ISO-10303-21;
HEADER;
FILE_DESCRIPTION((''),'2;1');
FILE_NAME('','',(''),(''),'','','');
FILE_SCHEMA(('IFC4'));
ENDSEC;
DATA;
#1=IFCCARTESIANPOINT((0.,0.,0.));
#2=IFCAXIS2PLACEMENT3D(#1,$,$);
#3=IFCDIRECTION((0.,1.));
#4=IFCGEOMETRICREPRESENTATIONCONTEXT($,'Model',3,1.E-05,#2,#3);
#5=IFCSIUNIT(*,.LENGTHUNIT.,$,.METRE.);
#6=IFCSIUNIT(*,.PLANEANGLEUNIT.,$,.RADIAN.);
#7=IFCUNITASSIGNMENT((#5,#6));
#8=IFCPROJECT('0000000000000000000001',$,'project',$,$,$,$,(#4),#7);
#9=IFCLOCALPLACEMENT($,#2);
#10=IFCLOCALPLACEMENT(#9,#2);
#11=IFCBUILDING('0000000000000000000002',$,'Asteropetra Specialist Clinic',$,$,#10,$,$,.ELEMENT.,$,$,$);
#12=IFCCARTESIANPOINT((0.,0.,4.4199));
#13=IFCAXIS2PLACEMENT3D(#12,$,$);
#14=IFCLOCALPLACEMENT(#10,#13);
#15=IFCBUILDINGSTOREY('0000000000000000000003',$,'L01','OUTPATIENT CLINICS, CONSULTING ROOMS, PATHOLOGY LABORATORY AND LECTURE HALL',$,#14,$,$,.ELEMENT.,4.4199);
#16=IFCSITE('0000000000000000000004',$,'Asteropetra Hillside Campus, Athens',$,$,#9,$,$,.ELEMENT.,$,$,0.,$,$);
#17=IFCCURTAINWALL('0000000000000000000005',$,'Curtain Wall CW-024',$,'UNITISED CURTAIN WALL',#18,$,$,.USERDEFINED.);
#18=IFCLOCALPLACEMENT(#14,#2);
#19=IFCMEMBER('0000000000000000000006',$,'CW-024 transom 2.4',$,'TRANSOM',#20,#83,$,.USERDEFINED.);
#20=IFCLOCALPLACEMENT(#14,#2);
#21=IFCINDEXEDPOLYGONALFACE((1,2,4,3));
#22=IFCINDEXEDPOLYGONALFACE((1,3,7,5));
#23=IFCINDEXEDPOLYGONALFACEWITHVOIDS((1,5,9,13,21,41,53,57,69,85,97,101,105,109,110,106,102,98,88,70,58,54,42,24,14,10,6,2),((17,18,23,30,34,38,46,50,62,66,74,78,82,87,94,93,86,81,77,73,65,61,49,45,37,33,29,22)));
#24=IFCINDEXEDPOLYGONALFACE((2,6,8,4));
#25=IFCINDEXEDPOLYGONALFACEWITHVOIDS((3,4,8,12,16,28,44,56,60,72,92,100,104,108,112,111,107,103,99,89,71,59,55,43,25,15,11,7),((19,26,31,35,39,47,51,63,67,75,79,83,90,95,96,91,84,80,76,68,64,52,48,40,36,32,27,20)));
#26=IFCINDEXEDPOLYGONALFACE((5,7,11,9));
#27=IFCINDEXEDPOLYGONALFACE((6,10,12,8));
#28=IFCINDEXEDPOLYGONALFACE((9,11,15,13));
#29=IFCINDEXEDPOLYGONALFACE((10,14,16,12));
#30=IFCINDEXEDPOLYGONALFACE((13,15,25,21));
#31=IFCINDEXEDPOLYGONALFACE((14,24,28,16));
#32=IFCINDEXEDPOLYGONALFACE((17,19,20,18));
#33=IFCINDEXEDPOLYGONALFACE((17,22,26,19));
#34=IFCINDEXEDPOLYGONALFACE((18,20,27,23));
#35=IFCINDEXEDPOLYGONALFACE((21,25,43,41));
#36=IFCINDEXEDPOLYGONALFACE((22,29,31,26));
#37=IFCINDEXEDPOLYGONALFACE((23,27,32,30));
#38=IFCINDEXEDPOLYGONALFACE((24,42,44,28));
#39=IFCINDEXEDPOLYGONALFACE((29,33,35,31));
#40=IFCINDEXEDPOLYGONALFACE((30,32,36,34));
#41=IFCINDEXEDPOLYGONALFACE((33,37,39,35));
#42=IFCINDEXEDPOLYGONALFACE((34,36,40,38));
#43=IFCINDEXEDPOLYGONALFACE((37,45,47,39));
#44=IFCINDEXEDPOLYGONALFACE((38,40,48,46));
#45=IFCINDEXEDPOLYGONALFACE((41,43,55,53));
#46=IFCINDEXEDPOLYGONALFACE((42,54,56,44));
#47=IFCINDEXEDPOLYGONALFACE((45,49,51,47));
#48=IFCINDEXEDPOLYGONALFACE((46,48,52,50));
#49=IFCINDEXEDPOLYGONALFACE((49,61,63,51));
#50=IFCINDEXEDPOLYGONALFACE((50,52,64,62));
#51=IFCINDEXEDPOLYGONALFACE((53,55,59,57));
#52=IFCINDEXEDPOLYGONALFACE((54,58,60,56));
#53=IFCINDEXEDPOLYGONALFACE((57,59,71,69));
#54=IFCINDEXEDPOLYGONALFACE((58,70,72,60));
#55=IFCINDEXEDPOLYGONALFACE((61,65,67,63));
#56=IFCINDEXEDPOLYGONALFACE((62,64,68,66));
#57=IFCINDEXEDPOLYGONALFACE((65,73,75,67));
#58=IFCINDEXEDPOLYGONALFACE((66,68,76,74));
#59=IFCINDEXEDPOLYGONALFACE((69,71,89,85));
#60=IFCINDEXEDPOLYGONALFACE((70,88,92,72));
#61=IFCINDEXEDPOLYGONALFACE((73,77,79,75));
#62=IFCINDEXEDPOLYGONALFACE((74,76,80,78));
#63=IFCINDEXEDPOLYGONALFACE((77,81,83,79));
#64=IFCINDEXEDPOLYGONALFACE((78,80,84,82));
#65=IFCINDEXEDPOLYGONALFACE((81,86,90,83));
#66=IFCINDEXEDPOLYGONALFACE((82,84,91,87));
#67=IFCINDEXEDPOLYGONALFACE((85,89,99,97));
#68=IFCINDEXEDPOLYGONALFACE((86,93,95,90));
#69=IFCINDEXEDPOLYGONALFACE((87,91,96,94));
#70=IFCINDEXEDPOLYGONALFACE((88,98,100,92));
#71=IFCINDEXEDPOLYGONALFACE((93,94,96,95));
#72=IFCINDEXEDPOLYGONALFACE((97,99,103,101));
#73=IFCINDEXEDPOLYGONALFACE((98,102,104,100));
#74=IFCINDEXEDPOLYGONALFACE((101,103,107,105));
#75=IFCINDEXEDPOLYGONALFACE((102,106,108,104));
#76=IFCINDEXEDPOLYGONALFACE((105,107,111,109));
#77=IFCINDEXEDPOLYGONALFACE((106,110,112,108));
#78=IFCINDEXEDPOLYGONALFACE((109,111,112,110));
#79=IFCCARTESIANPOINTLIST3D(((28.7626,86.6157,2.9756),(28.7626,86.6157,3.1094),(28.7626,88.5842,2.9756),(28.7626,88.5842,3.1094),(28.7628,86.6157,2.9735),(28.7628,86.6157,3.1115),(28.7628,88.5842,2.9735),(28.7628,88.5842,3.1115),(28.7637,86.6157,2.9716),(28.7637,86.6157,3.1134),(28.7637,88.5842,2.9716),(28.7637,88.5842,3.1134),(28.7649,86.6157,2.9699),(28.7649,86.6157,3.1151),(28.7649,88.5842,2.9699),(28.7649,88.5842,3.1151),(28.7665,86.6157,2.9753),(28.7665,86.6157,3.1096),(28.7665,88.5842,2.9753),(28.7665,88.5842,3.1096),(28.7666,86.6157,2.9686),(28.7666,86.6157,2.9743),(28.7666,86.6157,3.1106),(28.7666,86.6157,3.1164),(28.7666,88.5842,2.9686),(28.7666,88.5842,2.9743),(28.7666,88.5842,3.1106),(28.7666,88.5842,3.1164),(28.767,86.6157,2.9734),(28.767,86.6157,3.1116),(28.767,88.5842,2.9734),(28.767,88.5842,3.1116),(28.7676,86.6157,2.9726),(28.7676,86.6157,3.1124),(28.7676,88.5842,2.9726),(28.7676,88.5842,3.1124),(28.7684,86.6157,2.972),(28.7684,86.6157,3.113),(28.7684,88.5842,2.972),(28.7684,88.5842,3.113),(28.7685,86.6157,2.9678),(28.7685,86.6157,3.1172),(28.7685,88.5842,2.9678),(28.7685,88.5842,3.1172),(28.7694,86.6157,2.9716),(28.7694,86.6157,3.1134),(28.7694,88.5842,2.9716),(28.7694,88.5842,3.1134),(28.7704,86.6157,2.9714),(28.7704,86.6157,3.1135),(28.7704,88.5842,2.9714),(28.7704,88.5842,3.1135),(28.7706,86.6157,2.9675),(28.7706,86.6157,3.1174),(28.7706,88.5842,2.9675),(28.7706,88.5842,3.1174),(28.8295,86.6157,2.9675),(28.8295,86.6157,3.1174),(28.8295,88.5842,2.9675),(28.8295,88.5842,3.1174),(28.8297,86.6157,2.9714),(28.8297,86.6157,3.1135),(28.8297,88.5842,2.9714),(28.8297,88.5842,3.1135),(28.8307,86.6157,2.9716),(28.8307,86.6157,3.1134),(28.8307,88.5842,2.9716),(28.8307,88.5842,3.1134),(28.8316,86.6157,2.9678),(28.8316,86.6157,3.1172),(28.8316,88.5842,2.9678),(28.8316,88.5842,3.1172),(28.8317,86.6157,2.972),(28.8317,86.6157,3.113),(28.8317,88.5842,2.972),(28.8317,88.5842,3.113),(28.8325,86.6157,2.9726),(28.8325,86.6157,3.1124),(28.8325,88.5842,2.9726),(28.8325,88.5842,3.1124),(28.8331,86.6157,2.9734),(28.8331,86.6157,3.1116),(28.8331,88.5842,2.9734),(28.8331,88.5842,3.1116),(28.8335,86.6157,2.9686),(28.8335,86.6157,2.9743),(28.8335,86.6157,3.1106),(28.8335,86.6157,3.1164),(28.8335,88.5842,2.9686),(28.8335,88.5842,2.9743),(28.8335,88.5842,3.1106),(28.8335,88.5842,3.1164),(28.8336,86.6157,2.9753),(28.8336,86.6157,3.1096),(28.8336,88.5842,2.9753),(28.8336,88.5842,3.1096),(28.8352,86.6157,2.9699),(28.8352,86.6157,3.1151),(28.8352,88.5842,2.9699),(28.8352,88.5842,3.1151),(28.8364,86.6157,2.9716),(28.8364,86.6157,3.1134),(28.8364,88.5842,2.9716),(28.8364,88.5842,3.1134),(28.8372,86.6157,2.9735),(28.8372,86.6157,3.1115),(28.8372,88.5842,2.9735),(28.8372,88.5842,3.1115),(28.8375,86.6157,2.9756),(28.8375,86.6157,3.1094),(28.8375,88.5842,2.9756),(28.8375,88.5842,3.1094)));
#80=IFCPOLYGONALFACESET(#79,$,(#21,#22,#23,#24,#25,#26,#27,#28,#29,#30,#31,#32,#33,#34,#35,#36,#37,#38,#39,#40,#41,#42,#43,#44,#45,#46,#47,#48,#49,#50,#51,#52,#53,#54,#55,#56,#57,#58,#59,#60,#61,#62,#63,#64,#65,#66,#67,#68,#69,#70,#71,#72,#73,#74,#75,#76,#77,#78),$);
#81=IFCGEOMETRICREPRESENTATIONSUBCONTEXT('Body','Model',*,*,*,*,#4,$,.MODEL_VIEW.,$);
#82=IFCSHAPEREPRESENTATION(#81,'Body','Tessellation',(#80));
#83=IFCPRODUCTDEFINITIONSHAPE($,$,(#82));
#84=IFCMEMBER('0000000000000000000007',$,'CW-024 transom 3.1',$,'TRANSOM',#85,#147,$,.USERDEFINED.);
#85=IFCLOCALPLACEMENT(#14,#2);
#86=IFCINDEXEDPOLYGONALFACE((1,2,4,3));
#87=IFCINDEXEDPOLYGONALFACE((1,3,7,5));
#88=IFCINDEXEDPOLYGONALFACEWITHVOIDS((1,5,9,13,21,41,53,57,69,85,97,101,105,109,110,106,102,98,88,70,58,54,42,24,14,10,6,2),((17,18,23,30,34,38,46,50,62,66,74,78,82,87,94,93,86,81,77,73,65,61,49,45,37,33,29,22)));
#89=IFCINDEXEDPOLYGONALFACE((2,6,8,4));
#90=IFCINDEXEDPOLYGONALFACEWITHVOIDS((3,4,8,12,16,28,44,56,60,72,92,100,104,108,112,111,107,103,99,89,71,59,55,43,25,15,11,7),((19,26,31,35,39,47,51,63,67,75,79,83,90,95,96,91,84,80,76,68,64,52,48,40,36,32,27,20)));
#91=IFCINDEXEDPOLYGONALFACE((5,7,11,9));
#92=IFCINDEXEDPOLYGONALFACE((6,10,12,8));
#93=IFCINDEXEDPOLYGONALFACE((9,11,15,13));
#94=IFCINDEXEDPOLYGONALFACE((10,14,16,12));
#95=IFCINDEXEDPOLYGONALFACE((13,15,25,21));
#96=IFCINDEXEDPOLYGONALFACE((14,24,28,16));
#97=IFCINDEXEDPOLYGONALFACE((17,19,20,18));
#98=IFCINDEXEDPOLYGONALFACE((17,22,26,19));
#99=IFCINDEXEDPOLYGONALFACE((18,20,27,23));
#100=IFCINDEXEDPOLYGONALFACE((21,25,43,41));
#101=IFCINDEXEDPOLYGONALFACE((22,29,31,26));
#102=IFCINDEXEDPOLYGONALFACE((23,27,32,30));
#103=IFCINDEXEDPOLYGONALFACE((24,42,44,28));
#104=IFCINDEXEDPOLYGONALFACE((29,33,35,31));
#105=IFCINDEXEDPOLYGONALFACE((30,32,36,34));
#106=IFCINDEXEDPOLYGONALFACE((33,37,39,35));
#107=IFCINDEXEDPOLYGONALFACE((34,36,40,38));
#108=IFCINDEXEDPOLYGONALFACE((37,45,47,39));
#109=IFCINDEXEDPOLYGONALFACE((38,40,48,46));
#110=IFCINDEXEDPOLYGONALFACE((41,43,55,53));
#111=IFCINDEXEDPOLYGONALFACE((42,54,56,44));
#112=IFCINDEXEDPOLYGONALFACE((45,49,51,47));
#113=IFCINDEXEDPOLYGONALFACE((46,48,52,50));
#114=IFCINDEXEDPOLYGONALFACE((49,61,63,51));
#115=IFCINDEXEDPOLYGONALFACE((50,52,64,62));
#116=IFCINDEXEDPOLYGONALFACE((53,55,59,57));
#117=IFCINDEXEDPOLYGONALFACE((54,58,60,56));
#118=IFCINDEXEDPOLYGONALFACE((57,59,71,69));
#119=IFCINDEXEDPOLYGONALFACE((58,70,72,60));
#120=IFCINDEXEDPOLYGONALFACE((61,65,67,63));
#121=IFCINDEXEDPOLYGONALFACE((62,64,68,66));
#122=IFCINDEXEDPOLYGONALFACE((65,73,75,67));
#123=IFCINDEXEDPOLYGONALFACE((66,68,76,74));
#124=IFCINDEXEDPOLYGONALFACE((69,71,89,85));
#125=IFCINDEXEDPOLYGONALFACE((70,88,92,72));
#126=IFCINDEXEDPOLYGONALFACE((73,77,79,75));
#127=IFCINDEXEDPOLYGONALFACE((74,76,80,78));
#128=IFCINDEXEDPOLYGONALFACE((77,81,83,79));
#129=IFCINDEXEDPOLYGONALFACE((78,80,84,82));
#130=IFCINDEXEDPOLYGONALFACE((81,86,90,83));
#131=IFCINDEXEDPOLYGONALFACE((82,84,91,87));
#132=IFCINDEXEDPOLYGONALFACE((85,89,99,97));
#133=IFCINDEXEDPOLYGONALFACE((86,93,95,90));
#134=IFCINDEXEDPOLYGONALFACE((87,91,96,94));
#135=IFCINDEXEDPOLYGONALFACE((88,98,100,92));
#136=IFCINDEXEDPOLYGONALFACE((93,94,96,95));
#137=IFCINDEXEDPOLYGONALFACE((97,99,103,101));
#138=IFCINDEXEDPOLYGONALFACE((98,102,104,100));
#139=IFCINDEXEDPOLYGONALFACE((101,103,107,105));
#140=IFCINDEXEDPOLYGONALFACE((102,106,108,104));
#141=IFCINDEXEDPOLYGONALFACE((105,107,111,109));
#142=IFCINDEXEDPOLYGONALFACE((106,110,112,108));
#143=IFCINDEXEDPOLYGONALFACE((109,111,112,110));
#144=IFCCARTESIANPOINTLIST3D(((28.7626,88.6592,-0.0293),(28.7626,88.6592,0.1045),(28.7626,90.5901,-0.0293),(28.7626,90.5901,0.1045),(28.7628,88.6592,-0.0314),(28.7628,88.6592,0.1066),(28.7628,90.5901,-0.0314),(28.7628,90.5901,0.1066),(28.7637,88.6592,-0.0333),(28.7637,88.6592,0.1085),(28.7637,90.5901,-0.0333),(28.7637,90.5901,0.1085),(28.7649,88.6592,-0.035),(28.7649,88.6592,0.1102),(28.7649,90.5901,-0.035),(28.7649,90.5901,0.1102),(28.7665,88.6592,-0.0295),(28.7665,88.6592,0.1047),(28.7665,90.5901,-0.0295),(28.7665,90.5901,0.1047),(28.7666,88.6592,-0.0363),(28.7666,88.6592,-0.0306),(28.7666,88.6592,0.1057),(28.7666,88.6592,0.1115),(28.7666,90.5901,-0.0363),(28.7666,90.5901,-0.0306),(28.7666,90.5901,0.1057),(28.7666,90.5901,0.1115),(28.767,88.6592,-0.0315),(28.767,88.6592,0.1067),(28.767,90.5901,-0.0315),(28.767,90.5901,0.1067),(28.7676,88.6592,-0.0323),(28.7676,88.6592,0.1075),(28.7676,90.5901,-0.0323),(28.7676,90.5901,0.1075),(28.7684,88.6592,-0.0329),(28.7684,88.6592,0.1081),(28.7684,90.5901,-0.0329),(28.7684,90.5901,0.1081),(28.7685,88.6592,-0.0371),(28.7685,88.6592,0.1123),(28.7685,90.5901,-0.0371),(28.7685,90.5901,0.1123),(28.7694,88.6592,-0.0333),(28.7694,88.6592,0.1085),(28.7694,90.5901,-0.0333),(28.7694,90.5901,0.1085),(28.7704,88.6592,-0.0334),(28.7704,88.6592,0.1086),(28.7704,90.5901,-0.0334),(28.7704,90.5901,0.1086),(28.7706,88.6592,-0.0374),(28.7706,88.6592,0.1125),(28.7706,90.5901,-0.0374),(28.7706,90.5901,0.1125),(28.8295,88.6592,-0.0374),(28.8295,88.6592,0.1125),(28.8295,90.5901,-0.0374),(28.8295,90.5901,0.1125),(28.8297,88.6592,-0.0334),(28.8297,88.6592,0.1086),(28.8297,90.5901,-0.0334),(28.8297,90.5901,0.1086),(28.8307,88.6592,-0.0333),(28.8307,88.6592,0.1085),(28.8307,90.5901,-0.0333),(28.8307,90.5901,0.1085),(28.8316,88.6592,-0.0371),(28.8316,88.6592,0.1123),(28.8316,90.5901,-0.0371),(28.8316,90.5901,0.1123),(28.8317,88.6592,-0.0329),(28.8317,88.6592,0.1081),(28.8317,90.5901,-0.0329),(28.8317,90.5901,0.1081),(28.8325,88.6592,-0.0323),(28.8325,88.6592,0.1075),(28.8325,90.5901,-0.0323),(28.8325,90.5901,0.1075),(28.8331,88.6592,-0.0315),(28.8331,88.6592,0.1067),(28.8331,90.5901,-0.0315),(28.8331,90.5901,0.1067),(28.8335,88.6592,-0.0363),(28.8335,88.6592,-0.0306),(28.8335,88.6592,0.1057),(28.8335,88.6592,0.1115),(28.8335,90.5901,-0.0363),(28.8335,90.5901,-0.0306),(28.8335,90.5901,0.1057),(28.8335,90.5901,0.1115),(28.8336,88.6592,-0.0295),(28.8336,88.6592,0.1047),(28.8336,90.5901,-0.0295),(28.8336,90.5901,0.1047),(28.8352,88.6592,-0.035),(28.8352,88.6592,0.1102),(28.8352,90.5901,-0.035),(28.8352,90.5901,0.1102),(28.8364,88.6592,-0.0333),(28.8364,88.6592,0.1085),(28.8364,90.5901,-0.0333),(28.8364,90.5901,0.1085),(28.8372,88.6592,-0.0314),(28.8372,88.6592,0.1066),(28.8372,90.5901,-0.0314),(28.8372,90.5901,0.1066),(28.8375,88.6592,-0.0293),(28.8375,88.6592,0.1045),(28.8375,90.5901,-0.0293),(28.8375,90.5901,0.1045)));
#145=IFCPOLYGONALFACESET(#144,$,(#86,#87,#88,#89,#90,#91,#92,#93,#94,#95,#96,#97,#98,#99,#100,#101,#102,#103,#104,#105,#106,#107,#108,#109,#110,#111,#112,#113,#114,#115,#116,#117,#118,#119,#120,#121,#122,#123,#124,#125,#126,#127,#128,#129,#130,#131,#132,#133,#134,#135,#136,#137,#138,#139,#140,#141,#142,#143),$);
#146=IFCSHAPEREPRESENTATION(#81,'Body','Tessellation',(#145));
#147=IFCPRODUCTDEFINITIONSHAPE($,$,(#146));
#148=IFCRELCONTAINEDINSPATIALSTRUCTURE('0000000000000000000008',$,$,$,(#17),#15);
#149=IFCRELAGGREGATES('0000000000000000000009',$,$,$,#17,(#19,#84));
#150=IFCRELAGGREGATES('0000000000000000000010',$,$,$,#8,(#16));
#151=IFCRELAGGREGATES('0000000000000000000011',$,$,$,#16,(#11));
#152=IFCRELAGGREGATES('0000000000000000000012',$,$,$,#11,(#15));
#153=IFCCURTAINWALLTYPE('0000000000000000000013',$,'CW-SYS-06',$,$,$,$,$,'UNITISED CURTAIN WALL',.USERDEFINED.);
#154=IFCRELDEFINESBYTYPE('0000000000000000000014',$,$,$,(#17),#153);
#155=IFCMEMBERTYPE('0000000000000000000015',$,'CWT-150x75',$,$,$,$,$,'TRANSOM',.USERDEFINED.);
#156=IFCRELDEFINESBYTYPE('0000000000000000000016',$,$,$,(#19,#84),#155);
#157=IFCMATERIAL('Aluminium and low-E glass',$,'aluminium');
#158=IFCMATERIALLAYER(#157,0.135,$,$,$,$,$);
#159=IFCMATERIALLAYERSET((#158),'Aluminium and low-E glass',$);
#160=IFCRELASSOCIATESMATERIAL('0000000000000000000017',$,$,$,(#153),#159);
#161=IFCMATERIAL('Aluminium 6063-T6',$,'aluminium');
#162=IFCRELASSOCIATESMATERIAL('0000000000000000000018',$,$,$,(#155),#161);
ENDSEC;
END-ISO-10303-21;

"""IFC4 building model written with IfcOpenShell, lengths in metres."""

from ifc_helpers import new_model, si_unit, direction, frame, origin, origin_2d, place, context, subcontext, project, spatial, hollow_rectangle, extrude, material, layer, layer_set, material_profile, profile_set, type_object, element, aggregate, save


model = new_model("IFC4")

# Units and contexts
model_context = context("Model", 3, precision=1e-05, world=origin(), true_north=direction((0.0, 1.0)))
body_context = subcontext(model_context, "Body", "Model", "MODEL_VIEW")
ifc_project = project(units=[si_unit("LENGTHUNIT", "METRE"), si_unit("PLANEANGLEUNIT", "RADIAN")], contexts=[model_context])

# Site, building, storey
site_placement = place(None, origin())
site = spatial("IfcSite", under=ifc_project, at=site_placement, Name="Asteropetra Hillside Campus, Athens", CompositionType="ELEMENT", RefElevation=0.0)
building_placement = place(site_placement, origin())
building = spatial("IfcBuilding", under=site, at=building_placement, Name="Asteropetra Specialist Clinic", CompositionType="ELEMENT")
storey_placement = place(building_placement, frame((0.0, 0.0, 4.4199)))
storey = spatial("IfcBuildingStorey", under=building, at=storey_placement, Name="L01", Description="OUTPATIENT CLINICS, CONSULTING ROOMS, PATHOLOGY LABORATORY AND LECTURE HALL", CompositionType="ELEMENT", Elevation=4.4199)

# Curtain wall, members
ifc_material_1 = material(Name="Aluminium and low-E glass", Category="aluminium")
ifc_layer_1 = layer(ifc_material_1, 0.135)
ifc_layer_set_1 = layer_set([ifc_layer_1], Name="Aluminium and low-E glass")
curtain_wall_type = type_object("IfcCurtainWallType", Name="CW-SYS-06", ElementType="UNITISED CURTAIN WALL", PredefinedType="USERDEFINED", material=ifc_layer_set_1)
curtain_wall_placement = place(storey_placement, origin())
curtain_wall = element("IfcCurtainWall", 1, at=curtain_wall_placement, inside=storey, type_object=curtain_wall_type, Name="Curtain Wall CW-024", ObjectType="UNITISED CURTAIN WALL", PredefinedType="USERDEFINED")
ifc_material_2 = material(Name="Aluminium 6063-T6", Category="aluminium")
ifc_material_profile_1 = material_profile(ifc_material_2, hollow_rectangle(XDim=0.075, YDim=0.1499, WallThickness=0.0039, InnerFilletRadius=0.0039, OuterFilletRadius=0.0081, at=origin_2d()), Name="TRN 150x75x4.0")
ifc_profile_set_1 = profile_set([ifc_material_profile_1], Name="Aluminium 6063-T6")
member_type_1 = type_object("IfcMemberType", Name="CWT-150x75", ElementType="TRANSOM", PredefinedType="USERDEFINED", material=ifc_profile_set_1)
member_1_placement = place(storey_placement, frame((28.8, 86.6157, 3.0425), z_axis=(0.0, 1.0, 0.0), x_axis=(-1.0, 0.0, 0.0)))
member_1 = element("IfcMember", 2, at=member_1_placement, type_object=member_type_1, Name="CW-024 transom 2.4", ObjectType="TRANSOM", PredefinedType="USERDEFINED", context=body_context, shape_type="SweptSolid", body=[
    extrude(hollow_rectangle(XDim=0.075, YDim=0.1499, WallThickness=0.0039, InnerFilletRadius=0.0039, OuterFilletRadius=0.0081, at=origin_2d()), origin(), (0.0, 0.0, 1.0), 1.9685),
])
member_2_placement = place(storey_placement, frame((28.8, 88.6592, 0.0376), z_axis=(0.0, 1.0, 0.0), x_axis=(-1.0, 0.0, 0.0)))
member_2 = element("IfcMember", 3, at=member_2_placement, type_object=member_type_1, Name="CW-024 transom 3.1", ObjectType="TRANSOM", PredefinedType="USERDEFINED", context=body_context, shape_type="SweptSolid", body=[
    extrude(hollow_rectangle(XDim=0.075, YDim=0.1499, WallThickness=0.0039, InnerFilletRadius=0.0039, OuterFilletRadius=0.0081, at=origin_2d()), origin(), (0.0, 0.0, 1.0), 1.9309),
])
aggregate(curtain_wall, [member_1, member_2])

save(model, "model.ifc")
